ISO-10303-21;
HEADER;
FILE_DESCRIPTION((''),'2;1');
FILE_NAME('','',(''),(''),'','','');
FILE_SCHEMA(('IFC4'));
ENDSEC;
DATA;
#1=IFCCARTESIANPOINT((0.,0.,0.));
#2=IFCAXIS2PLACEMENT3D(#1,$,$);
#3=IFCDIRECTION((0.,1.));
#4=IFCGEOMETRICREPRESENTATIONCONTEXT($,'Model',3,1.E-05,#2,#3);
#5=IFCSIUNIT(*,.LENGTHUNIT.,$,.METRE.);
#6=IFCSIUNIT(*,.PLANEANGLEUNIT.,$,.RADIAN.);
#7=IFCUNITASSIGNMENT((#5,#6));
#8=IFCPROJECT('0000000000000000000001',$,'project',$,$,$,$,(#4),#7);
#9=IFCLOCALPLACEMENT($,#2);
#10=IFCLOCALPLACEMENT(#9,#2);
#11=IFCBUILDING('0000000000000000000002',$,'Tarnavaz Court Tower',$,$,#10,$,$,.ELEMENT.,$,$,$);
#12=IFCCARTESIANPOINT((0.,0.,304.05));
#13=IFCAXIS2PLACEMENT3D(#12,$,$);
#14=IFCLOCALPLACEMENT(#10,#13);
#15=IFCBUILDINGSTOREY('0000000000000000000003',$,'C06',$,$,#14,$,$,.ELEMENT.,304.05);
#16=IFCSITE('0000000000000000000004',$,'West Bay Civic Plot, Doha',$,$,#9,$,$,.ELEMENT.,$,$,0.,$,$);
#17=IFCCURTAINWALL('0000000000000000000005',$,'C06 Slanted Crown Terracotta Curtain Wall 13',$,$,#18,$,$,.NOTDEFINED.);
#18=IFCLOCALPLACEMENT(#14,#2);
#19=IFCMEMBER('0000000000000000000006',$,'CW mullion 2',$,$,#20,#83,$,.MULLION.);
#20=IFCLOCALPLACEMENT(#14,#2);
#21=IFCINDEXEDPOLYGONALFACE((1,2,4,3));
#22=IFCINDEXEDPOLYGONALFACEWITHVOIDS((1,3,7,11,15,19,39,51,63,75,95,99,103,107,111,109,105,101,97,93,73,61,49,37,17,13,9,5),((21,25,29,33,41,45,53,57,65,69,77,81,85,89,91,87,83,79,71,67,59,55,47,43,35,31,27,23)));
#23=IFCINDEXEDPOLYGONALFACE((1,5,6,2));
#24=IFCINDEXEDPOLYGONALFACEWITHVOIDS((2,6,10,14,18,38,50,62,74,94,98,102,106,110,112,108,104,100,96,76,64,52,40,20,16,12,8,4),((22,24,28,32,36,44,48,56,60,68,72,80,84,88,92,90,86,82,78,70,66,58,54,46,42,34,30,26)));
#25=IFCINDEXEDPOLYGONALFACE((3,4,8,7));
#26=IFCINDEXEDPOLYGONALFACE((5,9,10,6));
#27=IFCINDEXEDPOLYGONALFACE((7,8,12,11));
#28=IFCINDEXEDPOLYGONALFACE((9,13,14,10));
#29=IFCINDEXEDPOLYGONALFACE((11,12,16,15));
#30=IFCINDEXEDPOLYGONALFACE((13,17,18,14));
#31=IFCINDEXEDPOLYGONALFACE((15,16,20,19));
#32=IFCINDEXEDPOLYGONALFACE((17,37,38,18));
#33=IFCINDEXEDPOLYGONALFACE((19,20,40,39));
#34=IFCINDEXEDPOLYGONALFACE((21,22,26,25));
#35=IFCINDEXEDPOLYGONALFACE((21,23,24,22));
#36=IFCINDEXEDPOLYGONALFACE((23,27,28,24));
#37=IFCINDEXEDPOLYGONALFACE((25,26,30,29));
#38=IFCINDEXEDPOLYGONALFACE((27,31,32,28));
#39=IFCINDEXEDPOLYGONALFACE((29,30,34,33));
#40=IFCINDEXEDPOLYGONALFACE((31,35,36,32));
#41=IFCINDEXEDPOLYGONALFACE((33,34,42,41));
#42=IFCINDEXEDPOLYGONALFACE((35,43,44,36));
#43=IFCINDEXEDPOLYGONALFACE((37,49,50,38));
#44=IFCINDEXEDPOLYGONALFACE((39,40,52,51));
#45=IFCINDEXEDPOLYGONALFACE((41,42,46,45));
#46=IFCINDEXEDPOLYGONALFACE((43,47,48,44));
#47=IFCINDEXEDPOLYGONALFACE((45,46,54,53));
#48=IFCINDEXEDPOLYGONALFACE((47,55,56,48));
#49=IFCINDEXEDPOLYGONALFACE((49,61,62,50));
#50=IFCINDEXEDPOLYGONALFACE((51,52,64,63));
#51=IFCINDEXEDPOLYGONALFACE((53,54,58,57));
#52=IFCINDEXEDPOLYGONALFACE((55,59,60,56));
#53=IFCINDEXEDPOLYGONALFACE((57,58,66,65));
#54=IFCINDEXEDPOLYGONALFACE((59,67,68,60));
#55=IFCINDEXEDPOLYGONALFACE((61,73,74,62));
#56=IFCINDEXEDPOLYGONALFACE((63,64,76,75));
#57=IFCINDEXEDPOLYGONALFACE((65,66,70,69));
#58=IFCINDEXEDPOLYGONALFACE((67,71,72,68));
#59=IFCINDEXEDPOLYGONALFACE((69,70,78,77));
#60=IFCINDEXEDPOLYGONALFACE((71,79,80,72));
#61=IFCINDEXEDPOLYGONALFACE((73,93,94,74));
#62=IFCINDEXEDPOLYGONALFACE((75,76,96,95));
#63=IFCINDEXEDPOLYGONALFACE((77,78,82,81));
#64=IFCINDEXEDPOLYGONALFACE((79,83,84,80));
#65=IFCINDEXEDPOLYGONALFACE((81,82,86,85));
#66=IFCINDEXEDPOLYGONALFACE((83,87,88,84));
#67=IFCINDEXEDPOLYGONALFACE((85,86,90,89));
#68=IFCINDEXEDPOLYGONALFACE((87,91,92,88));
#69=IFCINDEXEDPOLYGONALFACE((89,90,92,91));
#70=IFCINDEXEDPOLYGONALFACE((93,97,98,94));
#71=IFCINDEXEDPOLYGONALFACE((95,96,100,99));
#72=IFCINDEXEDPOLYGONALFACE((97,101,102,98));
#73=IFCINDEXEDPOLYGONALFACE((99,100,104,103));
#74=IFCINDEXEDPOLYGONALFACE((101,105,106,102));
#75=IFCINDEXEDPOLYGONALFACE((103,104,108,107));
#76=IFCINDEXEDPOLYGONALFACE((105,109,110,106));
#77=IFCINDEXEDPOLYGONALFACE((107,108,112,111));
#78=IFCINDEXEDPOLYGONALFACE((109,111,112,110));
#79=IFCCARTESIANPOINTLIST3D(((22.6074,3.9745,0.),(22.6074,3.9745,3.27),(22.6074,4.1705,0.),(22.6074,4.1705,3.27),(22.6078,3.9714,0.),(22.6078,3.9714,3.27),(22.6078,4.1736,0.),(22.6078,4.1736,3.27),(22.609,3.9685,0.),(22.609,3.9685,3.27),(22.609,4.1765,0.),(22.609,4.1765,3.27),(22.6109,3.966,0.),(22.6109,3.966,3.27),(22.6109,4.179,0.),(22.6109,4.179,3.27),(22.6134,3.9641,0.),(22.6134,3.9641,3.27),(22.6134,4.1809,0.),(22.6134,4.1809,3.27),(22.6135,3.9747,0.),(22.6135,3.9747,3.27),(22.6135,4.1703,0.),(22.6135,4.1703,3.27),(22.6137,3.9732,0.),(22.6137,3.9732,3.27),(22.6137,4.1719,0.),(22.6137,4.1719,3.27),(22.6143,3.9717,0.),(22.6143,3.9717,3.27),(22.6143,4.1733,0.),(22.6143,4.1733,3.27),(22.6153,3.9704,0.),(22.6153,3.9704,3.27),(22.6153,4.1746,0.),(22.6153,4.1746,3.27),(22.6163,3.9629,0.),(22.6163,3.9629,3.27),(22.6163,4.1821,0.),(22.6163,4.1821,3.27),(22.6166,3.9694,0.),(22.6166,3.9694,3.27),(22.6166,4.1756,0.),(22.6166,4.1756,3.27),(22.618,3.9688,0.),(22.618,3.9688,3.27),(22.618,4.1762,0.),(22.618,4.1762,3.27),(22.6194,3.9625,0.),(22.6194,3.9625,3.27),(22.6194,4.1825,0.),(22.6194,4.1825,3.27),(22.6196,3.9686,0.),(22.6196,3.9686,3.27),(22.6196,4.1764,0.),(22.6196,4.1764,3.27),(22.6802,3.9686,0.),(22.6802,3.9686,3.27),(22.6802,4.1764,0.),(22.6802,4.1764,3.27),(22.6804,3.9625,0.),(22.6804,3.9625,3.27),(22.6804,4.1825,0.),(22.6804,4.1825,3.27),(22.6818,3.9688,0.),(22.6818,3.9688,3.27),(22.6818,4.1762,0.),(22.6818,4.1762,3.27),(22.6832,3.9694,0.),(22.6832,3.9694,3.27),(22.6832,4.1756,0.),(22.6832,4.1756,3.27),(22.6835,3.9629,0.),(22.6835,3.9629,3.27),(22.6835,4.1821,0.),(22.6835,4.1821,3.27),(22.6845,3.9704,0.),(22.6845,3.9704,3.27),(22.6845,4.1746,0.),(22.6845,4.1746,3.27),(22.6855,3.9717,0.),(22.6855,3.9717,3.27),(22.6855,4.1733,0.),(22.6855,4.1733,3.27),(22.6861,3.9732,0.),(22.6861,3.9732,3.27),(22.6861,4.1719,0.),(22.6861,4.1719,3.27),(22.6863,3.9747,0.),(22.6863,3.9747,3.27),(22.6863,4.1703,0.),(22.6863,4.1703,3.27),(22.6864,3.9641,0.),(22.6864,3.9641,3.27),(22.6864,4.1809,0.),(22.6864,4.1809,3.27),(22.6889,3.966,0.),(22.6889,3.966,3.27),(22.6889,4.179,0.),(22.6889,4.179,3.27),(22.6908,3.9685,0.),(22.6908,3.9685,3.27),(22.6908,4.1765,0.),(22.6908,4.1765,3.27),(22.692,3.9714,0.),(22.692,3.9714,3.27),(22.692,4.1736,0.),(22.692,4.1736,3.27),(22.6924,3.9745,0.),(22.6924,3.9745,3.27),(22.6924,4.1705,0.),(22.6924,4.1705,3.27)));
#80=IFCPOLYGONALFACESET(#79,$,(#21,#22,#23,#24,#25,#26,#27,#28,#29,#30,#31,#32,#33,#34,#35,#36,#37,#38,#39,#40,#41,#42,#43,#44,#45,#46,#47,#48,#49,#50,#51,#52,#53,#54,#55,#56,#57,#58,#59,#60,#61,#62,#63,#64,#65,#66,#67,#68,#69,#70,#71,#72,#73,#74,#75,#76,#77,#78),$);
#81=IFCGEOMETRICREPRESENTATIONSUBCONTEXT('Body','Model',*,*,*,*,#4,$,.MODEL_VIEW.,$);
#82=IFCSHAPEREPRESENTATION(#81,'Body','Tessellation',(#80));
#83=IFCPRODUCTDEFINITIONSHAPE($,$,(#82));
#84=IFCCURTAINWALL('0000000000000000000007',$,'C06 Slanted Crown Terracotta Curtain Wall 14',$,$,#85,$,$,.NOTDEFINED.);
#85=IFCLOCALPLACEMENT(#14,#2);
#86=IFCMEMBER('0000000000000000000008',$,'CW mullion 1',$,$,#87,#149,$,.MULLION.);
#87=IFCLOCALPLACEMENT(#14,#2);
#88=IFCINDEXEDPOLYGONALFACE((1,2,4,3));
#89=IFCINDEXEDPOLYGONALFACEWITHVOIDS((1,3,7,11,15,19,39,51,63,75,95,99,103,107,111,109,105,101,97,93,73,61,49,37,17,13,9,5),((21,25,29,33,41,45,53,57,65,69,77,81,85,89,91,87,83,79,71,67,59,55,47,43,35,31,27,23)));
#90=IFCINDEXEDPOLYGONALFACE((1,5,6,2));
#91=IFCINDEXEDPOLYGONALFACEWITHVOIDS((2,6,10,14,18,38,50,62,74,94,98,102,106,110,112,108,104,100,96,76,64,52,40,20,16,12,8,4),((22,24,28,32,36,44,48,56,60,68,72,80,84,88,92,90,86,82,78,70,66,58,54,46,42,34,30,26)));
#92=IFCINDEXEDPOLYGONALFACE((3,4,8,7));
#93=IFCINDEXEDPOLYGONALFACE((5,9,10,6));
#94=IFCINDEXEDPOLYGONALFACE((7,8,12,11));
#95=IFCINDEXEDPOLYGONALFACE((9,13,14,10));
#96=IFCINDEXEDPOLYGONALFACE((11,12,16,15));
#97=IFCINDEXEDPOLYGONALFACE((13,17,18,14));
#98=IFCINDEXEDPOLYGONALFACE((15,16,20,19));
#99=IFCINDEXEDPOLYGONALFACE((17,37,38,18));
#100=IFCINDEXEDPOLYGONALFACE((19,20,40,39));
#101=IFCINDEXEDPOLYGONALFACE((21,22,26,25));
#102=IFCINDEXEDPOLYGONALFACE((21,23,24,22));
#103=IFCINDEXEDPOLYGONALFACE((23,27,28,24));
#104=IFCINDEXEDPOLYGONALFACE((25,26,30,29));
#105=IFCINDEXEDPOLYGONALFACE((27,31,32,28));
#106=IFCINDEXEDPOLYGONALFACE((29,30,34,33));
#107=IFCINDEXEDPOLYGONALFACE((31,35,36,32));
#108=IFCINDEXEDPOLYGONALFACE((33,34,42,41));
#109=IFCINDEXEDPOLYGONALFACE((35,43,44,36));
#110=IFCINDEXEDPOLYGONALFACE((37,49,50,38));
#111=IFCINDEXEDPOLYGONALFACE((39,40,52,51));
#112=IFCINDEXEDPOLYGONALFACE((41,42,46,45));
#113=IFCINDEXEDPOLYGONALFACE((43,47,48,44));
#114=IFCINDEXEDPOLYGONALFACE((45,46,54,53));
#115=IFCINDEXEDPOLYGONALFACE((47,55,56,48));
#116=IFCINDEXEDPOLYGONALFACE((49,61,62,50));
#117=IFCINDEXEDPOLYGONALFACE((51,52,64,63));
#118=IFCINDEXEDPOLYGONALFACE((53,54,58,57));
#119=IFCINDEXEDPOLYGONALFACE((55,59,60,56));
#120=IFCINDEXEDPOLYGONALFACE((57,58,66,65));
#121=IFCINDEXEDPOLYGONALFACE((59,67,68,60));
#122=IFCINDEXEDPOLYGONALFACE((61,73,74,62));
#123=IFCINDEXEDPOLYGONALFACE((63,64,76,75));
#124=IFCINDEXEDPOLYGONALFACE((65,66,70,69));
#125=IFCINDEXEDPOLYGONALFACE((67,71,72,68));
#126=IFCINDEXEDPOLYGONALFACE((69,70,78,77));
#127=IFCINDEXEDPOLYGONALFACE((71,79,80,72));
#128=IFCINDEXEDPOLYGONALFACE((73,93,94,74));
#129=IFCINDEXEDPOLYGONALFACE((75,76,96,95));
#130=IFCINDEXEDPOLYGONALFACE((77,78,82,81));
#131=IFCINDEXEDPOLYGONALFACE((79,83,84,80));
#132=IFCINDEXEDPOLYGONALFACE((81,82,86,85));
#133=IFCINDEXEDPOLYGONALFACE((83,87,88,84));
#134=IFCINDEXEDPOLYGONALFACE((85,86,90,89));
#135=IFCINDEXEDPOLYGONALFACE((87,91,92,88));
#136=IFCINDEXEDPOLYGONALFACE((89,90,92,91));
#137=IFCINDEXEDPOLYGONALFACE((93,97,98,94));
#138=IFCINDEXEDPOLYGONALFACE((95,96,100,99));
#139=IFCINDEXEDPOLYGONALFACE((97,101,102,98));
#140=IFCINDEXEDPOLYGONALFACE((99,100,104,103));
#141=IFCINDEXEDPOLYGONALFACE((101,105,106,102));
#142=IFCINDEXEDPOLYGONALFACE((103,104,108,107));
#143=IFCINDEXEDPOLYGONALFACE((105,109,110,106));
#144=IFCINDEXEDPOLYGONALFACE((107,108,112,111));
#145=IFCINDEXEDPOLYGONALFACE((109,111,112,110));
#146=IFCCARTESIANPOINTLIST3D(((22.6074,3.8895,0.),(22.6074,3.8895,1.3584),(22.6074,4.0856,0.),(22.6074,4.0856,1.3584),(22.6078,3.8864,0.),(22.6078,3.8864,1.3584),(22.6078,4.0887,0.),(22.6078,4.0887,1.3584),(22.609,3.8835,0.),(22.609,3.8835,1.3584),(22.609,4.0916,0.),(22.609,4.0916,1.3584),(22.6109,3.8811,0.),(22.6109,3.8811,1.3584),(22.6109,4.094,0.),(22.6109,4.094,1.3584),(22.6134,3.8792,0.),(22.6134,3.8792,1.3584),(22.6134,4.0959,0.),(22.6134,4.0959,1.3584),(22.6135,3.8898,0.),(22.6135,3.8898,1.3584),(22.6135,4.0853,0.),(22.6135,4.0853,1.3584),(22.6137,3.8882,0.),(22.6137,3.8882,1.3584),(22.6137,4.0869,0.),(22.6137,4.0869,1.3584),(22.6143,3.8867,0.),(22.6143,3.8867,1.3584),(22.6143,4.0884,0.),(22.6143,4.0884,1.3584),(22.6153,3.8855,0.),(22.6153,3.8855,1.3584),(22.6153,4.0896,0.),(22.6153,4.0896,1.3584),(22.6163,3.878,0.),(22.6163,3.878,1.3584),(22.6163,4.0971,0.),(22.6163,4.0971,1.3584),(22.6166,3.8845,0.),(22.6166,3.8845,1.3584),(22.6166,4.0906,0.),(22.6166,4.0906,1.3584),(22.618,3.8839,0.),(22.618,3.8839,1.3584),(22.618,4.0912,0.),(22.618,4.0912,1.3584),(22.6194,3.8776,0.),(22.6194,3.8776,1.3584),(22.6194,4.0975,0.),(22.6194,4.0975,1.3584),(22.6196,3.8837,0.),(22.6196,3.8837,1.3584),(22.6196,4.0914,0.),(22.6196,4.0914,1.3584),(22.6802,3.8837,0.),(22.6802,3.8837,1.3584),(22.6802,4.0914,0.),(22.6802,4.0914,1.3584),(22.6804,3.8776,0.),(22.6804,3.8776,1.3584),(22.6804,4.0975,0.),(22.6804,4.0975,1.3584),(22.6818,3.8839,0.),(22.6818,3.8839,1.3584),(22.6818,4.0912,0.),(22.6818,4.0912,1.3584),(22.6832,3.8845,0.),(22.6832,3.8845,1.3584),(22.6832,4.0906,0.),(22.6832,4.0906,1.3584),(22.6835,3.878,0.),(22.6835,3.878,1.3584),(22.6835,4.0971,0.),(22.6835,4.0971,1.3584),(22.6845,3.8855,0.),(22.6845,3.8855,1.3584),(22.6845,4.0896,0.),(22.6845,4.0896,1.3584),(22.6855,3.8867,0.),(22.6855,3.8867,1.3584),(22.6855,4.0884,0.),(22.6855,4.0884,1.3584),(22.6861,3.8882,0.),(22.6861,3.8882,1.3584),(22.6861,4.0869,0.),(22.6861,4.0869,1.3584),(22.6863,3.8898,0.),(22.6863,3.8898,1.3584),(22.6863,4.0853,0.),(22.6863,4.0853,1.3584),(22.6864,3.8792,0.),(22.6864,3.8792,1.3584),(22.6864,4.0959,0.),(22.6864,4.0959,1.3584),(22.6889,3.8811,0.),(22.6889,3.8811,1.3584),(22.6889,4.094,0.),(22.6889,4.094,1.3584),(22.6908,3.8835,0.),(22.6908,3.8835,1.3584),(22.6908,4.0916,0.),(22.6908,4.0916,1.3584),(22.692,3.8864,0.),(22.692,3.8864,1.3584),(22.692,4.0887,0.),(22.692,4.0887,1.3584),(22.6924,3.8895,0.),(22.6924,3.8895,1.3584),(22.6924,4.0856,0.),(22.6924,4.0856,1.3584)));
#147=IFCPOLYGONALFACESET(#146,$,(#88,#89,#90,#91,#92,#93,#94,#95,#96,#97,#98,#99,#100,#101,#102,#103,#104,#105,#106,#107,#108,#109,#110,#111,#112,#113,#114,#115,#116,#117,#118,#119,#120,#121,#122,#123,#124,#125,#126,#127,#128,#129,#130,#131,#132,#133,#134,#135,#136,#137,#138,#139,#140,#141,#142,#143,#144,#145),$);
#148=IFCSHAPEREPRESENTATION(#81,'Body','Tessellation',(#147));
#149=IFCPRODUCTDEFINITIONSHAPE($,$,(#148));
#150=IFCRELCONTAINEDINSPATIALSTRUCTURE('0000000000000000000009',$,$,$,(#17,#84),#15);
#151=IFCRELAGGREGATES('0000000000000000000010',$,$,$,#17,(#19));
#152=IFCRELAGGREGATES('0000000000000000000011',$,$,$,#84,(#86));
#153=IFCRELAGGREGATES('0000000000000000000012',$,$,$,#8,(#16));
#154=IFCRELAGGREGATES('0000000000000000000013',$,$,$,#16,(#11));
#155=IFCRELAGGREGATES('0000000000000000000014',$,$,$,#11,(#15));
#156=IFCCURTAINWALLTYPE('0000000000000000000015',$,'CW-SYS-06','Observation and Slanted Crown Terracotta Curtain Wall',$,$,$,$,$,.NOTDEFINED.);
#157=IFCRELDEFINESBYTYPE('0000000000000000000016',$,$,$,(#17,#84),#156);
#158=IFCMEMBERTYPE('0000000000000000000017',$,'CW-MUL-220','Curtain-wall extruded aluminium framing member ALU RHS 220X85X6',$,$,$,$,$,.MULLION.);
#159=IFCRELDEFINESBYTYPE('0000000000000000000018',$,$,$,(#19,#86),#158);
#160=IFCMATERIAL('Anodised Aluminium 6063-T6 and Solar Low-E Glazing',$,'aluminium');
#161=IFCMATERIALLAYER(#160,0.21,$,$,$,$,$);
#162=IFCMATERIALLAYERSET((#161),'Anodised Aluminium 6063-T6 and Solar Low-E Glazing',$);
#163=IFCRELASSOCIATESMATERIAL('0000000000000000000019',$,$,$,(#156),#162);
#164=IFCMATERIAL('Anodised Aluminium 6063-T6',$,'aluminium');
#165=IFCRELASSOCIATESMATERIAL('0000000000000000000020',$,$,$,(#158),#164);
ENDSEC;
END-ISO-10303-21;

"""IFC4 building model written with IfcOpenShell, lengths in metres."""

from ifc_helpers import new_model, si_unit, direction, frame, origin, origin_2d, place, context, subcontext, project, spatial, hollow_rectangle, extrude, material, layer, layer_set, material_profile, profile_set, type_object, element, aggregate, save


model = new_model("IFC4")

# Units and contexts
model_context = context("Model", 3, precision=1e-05, world=origin(), true_north=direction((0.0, 1.0)))
body_context = subcontext(model_context, "Body", "Model", "MODEL_VIEW")
ifc_project = project(units=[si_unit("LENGTHUNIT", "METRE"), si_unit("PLANEANGLEUNIT", "RADIAN")], contexts=[model_context])

# Site, building, storey
site_placement = place(None, origin())
site = spatial("IfcSite", under=ifc_project, at=site_placement, Name="West Bay Civic Plot, Doha", CompositionType="ELEMENT", RefElevation=0.0)
building_placement = place(site_placement, origin())
building = spatial("IfcBuilding", under=site, at=building_placement, Name="Tarnavaz Court Tower", CompositionType="ELEMENT")
storey_placement = place(building_placement, frame((0.0, 0.0, 304.05)))
storey = spatial("IfcBuildingStorey", under=building, at=storey_placement, Name="C06", CompositionType="ELEMENT", Elevation=304.05)

# Curtain walls, members
ifc_material_1 = material(Name="Anodised Aluminium 6063-T6 and Solar Low-E Glazing", Category="aluminium")
ifc_layer_1 = layer(ifc_material_1, 0.21)
ifc_layer_set_1 = layer_set([ifc_layer_1], Name="Anodised Aluminium 6063-T6 and Solar Low-E Glazing")
curtain_wall_type = type_object("IfcCurtainWallType", Name="CW-SYS-06", Description="Observation and Slanted Crown Terracotta Curtain Wall", PredefinedType="NOTDEFINED", material=ifc_layer_set_1)
ifc_material_2 = material(Name="Anodised Aluminium 6063-T6", Category="aluminium")
ifc_material_profile_1 = material_profile(ifc_material_2, hollow_rectangle(XDim=0.085, YDim=0.22, WallThickness=0.0061, InnerFilletRadius=0.0061, OuterFilletRadius=0.012, at=origin_2d()), Name="ALU RHS 220X85X6")
ifc_profile_set_1 = profile_set([ifc_material_profile_1], Name="Anodised Aluminium 6063-T6")
member_type_1 = type_object("IfcMemberType", Name="CW-MUL-220", Description="Curtain-wall extruded aluminium framing member ALU RHS 220X85X6", PredefinedType="MULLION", material=ifc_profile_set_1)
curtain_wall_1_placement = place(storey_placement, origin())
curtain_wall_1 = element("IfcCurtainWall", 1, at=curtain_wall_1_placement, inside=storey, type_object=curtain_wall_type, Name="C06 Slanted Crown Terracotta Curtain Wall 13", PredefinedType="NOTDEFINED")
member_1_placement = place(storey_placement, frame((22.6499, 4.0725, 0.0), z_axis=(0.0, 0.0, 1.0), x_axis=(1.0, 0.0, 0.0)))
member_1 = element("IfcMember", 2, at=member_1_placement, type_object=member_type_1, Name="CW mullion 2", PredefinedType="MULLION", context=body_context, shape_type="SweptSolid", body=[
    extrude(hollow_rectangle(XDim=0.085, YDim=0.22, WallThickness=0.0061, InnerFilletRadius=0.0061, OuterFilletRadius=0.012, at=origin_2d()), origin(), (0.0, 0.0, 1.0), 3.27),
])
curtain_wall_2_placement = place(storey_placement, origin())
curtain_wall_2 = element("IfcCurtainWall", 3, at=curtain_wall_2_placement, inside=storey, type_object=curtain_wall_type, Name="C06 Slanted Crown Terracotta Curtain Wall 14", PredefinedType="NOTDEFINED")
member_2_placement = place(storey_placement, frame((22.6499, 3.9875, 0.0), z_axis=(0.0, 0.0, 1.0), x_axis=(1.0, 0.0, 0.0)))
member_2 = element("IfcMember", 4, at=member_2_placement, type_object=member_type_1, Name="CW mullion 1", PredefinedType="MULLION", context=body_context, shape_type="SweptSolid", body=[
    extrude(hollow_rectangle(XDim=0.085, YDim=0.22, WallThickness=0.0061, InnerFilletRadius=0.0061, OuterFilletRadius=0.012, at=origin_2d()), origin(), (0.0, 0.0, 1.0), 1.3584),
])

aggregate(curtain_wall_1, [member_1])
aggregate(curtain_wall_2, [member_2])

save(model, "model.ifc")
